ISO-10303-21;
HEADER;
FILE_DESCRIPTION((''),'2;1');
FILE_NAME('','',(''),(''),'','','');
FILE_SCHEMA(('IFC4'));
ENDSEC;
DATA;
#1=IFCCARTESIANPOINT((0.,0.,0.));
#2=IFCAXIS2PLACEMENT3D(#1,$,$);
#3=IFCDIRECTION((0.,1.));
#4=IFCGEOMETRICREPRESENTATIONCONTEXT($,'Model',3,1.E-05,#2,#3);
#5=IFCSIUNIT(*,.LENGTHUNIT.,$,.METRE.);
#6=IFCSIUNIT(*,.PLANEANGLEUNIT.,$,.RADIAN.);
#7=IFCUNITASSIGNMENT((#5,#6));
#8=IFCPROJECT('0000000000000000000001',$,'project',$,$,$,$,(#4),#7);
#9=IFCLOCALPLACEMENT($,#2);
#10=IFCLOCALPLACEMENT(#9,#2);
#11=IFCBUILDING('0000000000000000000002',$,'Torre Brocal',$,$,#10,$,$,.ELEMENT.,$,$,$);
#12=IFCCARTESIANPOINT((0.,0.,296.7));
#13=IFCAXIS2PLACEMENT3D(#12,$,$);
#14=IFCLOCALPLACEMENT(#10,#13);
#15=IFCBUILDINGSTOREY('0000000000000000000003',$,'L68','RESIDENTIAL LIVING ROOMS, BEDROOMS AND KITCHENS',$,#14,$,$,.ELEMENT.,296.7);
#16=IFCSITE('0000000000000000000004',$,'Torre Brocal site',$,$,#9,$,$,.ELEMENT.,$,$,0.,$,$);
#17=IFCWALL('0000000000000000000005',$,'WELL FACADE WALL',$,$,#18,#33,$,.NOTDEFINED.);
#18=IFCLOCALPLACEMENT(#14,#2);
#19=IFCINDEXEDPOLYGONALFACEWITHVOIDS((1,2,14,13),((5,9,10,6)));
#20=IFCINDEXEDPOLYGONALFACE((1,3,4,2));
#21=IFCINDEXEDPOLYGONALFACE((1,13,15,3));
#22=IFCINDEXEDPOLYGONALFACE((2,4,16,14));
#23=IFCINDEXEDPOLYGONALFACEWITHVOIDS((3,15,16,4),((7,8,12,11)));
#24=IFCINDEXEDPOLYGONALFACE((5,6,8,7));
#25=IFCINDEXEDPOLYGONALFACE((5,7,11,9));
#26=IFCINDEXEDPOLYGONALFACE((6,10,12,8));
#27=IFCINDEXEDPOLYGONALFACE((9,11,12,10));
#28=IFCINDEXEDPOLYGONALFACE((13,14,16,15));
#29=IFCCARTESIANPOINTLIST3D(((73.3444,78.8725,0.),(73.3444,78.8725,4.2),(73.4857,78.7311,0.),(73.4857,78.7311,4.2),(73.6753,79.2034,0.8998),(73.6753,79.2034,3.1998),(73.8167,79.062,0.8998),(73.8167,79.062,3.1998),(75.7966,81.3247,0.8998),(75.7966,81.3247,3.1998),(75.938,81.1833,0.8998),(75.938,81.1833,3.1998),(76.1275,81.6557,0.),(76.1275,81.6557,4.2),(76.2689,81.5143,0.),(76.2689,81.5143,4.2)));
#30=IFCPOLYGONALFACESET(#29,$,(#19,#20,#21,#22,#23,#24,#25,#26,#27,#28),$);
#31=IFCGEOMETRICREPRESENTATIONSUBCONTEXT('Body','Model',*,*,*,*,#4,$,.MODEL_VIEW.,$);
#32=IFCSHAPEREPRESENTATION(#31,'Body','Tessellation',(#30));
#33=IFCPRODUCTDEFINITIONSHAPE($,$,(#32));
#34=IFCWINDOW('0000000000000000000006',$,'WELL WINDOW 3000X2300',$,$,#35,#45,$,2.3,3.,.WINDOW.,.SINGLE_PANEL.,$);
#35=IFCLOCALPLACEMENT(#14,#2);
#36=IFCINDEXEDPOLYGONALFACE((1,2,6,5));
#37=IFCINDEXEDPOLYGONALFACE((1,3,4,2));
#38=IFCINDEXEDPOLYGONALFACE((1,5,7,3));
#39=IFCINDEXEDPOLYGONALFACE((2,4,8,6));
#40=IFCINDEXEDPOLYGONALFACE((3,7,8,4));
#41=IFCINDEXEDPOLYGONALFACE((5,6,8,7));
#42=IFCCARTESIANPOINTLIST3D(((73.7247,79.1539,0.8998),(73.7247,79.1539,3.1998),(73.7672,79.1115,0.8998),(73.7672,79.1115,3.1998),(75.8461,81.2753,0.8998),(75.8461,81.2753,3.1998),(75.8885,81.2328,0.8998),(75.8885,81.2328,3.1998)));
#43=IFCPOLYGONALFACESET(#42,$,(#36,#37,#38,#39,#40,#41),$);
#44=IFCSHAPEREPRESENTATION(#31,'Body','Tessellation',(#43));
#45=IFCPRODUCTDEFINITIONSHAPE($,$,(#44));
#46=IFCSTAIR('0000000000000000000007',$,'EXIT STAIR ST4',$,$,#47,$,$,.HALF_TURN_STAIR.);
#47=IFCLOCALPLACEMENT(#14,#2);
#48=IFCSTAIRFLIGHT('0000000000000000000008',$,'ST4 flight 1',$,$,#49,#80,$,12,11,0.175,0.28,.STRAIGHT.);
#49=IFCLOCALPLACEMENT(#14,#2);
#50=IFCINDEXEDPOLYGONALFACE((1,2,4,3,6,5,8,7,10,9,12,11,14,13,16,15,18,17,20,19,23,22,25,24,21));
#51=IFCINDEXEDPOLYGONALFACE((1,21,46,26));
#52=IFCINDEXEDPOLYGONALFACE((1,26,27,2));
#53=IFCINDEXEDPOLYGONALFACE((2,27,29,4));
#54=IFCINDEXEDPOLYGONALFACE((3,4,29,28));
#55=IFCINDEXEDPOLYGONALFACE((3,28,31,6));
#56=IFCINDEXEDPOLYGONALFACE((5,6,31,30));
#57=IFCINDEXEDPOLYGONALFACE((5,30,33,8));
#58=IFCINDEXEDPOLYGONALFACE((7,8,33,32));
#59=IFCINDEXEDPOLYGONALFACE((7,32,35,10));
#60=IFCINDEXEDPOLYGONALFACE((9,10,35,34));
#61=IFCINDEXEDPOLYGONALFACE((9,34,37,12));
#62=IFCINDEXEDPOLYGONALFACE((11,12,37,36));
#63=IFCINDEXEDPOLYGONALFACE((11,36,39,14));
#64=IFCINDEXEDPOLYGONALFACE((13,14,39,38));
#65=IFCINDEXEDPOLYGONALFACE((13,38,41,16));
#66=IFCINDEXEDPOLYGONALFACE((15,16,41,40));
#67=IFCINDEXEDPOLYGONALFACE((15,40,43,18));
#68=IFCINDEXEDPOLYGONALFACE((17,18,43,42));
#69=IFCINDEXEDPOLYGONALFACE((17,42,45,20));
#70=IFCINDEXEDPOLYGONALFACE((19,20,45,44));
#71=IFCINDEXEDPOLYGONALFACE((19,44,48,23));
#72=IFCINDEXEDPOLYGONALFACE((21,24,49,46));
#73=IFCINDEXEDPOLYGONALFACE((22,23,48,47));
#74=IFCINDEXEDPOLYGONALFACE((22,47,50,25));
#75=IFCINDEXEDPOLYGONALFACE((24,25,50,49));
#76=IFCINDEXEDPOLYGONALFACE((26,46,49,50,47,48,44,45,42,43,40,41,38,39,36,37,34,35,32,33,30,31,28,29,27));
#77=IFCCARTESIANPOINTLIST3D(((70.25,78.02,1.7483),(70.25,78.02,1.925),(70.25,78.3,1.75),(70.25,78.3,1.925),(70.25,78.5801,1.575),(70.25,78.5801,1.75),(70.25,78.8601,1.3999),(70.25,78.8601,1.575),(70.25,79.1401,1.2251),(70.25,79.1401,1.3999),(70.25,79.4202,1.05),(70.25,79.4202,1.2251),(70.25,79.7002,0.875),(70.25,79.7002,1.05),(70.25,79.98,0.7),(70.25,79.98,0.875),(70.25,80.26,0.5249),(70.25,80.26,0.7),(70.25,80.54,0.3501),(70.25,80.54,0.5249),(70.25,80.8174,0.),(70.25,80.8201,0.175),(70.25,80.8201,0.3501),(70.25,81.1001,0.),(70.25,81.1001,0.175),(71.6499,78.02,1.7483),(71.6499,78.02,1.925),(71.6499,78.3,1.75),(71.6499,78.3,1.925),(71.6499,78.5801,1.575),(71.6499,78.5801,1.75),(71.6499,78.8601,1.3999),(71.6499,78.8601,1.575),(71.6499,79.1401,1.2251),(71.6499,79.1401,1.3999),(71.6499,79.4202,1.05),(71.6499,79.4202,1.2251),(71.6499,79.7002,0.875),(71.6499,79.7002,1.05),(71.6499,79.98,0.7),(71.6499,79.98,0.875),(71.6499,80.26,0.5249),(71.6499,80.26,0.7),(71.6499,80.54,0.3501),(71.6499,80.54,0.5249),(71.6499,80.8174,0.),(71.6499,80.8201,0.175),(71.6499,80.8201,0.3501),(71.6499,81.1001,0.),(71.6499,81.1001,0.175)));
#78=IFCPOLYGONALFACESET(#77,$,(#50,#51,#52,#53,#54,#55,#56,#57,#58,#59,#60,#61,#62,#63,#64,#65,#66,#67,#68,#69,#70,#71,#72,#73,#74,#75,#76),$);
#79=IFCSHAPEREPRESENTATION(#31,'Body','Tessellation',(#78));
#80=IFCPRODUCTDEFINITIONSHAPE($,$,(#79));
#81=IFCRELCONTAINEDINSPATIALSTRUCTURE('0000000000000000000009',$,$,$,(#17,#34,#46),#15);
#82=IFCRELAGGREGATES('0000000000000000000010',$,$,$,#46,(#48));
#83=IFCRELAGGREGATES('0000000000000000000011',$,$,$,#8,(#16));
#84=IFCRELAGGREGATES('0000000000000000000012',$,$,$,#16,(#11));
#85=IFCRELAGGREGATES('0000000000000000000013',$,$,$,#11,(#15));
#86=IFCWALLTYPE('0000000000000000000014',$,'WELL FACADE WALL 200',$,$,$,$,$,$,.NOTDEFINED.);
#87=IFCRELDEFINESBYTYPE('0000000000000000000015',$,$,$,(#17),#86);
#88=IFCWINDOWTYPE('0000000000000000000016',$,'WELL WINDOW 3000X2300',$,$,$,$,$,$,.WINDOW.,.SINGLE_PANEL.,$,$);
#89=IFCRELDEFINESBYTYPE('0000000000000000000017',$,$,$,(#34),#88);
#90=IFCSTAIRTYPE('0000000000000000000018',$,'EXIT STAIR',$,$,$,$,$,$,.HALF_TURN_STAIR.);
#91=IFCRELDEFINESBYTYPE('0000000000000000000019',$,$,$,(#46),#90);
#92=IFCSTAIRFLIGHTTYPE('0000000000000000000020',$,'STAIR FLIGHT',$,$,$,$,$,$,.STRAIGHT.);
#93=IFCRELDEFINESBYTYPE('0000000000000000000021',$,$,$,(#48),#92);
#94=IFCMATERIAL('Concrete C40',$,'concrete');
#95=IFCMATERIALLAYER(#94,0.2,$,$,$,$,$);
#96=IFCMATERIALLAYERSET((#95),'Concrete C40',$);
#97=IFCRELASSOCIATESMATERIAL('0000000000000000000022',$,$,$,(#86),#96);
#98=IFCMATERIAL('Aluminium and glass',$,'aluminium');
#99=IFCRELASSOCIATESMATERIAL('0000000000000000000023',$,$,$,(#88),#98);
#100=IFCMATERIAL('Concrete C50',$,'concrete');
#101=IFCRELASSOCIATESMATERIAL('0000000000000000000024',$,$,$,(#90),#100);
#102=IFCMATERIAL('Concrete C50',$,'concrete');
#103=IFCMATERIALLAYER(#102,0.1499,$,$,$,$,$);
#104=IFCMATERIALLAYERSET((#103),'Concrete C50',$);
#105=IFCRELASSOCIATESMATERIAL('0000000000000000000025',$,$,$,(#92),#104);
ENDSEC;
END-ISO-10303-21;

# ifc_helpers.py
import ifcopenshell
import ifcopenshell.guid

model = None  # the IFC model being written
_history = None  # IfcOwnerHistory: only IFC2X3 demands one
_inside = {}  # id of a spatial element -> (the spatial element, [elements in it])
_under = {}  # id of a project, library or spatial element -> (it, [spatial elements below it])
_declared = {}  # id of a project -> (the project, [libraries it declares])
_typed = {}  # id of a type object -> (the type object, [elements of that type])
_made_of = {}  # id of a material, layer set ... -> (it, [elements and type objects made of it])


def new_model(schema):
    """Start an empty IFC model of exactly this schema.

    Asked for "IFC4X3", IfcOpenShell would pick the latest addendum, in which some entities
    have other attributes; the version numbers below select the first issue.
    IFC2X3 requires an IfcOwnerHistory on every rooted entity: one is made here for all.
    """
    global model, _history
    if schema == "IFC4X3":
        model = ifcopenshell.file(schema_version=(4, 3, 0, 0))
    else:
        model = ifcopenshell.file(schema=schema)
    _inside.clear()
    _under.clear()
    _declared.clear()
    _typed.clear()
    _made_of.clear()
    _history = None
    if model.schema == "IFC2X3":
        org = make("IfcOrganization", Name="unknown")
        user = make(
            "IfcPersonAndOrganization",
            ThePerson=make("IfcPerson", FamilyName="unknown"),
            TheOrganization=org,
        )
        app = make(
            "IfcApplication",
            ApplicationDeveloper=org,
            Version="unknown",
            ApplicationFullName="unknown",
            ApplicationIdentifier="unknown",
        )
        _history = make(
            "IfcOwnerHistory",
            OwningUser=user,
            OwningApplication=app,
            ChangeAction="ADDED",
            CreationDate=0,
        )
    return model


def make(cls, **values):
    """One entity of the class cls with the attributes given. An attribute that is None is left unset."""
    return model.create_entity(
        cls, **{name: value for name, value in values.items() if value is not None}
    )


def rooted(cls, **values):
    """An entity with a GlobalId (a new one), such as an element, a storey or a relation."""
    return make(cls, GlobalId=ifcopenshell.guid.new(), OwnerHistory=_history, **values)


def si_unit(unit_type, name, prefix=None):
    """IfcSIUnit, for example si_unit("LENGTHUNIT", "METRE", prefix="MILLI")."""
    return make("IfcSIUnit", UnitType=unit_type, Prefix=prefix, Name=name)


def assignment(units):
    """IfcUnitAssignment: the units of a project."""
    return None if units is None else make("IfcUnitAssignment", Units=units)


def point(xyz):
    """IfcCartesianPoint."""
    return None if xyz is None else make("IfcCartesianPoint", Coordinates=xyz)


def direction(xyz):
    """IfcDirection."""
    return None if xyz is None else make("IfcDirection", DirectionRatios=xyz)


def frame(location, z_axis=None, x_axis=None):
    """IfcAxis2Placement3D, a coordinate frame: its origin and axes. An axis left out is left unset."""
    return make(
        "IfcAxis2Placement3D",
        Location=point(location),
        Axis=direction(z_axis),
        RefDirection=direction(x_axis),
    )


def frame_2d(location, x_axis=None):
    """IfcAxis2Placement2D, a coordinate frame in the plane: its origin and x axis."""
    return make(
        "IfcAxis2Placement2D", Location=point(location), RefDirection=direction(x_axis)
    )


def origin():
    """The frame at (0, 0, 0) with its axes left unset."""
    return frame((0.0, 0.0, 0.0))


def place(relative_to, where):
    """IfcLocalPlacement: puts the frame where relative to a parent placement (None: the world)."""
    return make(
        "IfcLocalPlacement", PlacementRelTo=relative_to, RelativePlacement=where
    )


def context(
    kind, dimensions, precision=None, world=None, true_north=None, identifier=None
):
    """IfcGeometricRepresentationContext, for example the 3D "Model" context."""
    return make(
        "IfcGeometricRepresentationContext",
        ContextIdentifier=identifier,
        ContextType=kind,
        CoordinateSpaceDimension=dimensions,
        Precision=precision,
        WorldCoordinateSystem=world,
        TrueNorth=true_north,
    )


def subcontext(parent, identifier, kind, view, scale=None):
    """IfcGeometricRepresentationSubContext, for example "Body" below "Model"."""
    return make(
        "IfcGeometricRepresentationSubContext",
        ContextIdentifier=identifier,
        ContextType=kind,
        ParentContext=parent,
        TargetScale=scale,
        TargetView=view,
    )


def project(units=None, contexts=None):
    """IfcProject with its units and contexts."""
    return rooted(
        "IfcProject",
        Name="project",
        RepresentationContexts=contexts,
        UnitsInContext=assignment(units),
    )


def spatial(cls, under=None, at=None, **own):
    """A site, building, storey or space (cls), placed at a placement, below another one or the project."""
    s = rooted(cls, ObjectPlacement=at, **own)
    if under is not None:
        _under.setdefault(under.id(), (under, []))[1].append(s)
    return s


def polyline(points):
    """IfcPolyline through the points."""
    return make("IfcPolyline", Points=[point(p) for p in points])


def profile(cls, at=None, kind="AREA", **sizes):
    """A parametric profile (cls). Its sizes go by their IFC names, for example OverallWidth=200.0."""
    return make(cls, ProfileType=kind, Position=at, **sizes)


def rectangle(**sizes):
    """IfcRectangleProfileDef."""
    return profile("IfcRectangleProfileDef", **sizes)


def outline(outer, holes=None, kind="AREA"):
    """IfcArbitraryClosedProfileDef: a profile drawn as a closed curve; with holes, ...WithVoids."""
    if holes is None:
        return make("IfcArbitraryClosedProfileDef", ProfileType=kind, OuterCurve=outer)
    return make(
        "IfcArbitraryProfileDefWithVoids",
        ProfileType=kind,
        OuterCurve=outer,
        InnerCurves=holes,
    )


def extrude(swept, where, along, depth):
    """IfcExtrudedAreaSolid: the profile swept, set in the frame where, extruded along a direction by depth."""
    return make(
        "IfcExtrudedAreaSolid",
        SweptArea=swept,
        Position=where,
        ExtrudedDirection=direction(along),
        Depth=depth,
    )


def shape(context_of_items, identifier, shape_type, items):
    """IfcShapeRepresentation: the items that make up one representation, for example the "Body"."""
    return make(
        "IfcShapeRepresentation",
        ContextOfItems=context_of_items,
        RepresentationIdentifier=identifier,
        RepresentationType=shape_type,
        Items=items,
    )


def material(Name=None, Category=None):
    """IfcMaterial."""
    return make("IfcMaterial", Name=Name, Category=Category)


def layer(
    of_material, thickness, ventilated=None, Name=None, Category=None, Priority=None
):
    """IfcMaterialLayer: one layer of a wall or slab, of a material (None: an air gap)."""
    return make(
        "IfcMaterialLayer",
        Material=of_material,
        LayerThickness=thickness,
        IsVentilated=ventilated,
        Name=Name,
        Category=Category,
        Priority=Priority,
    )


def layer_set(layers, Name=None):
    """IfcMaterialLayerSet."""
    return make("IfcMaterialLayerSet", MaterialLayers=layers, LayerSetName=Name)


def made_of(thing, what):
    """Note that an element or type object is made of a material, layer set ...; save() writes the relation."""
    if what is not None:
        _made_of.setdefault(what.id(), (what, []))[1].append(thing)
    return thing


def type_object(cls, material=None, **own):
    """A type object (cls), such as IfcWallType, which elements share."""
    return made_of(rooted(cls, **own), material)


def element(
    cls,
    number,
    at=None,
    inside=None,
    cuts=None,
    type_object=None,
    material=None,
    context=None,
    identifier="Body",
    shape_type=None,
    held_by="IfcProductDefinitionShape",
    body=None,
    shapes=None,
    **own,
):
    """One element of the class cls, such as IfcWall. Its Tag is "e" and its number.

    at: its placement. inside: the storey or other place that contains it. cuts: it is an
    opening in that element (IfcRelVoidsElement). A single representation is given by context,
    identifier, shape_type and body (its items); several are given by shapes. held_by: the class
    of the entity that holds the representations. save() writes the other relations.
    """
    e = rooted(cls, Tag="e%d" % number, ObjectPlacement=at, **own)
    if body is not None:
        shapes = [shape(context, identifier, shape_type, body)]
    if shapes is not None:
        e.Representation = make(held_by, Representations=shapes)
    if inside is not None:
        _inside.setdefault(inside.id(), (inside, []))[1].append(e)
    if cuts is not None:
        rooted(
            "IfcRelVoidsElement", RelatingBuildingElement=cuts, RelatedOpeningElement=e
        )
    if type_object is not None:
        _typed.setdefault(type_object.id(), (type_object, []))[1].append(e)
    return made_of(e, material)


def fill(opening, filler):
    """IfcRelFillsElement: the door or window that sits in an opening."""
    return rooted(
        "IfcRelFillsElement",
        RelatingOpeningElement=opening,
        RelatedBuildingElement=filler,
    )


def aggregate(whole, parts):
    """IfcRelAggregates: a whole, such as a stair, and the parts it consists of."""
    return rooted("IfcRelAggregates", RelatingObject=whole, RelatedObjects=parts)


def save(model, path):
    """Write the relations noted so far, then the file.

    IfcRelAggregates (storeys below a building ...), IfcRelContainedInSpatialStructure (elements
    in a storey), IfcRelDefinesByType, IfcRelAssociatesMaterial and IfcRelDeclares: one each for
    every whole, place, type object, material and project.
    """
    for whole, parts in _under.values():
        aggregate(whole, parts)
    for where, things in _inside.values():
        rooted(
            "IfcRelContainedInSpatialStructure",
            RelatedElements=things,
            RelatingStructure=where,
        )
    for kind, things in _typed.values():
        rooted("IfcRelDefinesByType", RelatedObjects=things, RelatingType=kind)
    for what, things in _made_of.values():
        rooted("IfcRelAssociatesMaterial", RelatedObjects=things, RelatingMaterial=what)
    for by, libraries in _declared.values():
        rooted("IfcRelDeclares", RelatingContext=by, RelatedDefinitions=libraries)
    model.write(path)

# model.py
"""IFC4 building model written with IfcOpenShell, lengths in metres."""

from ifc_helpers import new_model, si_unit, direction, frame, frame_2d, origin, place, context, subcontext, project, spatial, polyline, rectangle, outline, extrude, material, layer, layer_set, type_object, element, fill, aggregate, save


model = new_model("IFC4")

# Units and contexts
model_context = context("Model", 3, precision=1e-05, world=origin(), true_north=direction((0.0, 1.0)))
body_context = subcontext(model_context, "Body", "Model", "MODEL_VIEW")
ifc_project = project(units=[si_unit("LENGTHUNIT", "METRE"), si_unit("PLANEANGLEUNIT", "RADIAN")], contexts=[model_context])

# Site, building, storey
site_placement = place(None, origin())
site = spatial("IfcSite", under=ifc_project, at=site_placement, Name="Torre Brocal site", CompositionType="ELEMENT", RefElevation=0.0)
building_placement = place(site_placement, origin())
building = spatial("IfcBuilding", under=site, at=building_placement, Name="Torre Brocal", CompositionType="ELEMENT")
storey_placement = place(building_placement, frame((0.0, 0.0, 296.7)))
storey = spatial("IfcBuildingStorey", under=building, at=storey_placement, Name="L68", Description="RESIDENTIAL LIVING ROOMS, BEDROOMS AND KITCHENS", CompositionType="ELEMENT", Elevation=296.7)

# Wall, opening, window
ifc_material_1 = material(Name="Concrete C40", Category="concrete")
ifc_layer_1 = layer(ifc_material_1, 0.2)
ifc_layer_set_1 = layer_set([ifc_layer_1], Name="Concrete C40")
wall_type_1 = type_object("IfcWallType", Name="WELL FACADE WALL 200", PredefinedType="NOTDEFINED", material=ifc_layer_set_1)
wall_1_placement = place(storey_placement, frame((76.1982, 81.585, 0.0), z_axis=(0.0, 0.0, 1.0), x_axis=(-0.707107, -0.707107, 0.0)))
wall_1 = element("IfcWall", 1, at=wall_1_placement, inside=storey, type_object=wall_type_1, Name="WELL FACADE WALL", PredefinedType="NOTDEFINED", context=body_context, shape_type="SweptSolid", body=[
    extrude(rectangle(XDim=3.936, YDim=0.2, at=frame_2d((1.968, 0.0))), origin(), (0.0, 0.0, 1.0), 4.2),
])
opening_1_placement = place(wall_1_placement, frame((0.468, 0.0, 0.8999)))
opening_1 = element("IfcOpeningElement", 2, at=opening_1_placement, cuts=wall_1, PredefinedType="OPENING", context=body_context, shape_type="SweptSolid", body=[
    extrude(rectangle(XDim=3.0, YDim=2.3, at=frame_2d((1.5, 1.1499))), frame((0.0, 0.1099, 0.0), z_axis=(0.0, -1.0, 0.0), x_axis=(1.0, 0.0, 0.0)), (0.0, 0.0, 1.0), 0.22),
])
ifc_material_2 = material(Name="Aluminium and glass", Category="aluminium")
window_type = type_object("IfcWindowType", Name="WELL WINDOW 3000X2300", PartitioningType="SINGLE_PANEL", PredefinedType="WINDOW", material=ifc_material_2)
window_placement = place(opening_1_placement, origin())
window = element("IfcWindow", 3, at=window_placement, inside=storey, type_object=window_type, Name="WELL WINDOW 3000X2300", OverallHeight=2.3, OverallWidth=3.0, PartitioningType="SINGLE_PANEL", PredefinedType="WINDOW", context=body_context, shape_type="SweptSolid", body=[
    extrude(rectangle(XDim=3.0, YDim=2.3, at=frame_2d((1.5, 1.1499))), frame((0.0, 0.03, 0.0), z_axis=(0.0, -1.0, 0.0), x_axis=(1.0, 0.0, 0.0)), (0.0, 0.0, 1.0), 0.0601),
])
fill(opening_1, window)

# Stair, stair flight
ifc_material_3 = material(Name="Concrete C50", Category="concrete")
stair_type = type_object("IfcStairType", Name="EXIT STAIR", PredefinedType="HALF_TURN_STAIR", material=ifc_material_3)
stair_placement = place(storey_placement, origin())
stair = element("IfcStair", 4, at=stair_placement, inside=storey, type_object=stair_type, Name="EXIT STAIR ST4", PredefinedType="HALF_TURN_STAIR")
ifc_material_4 = material(Name="Concrete C50", Category="concrete")
ifc_layer_2 = layer(ifc_material_4, 0.1499)
ifc_layer_set_2 = layer_set([ifc_layer_2], Name="Concrete C50")
stair_flight_type = type_object("IfcStairFlightType", Name="STAIR FLIGHT", PredefinedType="STRAIGHT", material=ifc_layer_set_2)
stair_flight_placement = place(storey_placement, frame((70.95, 81.1001, 0.0), z_axis=(0.0, 0.0, 1.0), x_axis=(0.0, -1.0, 0.0)))
stair_flight = element("IfcStairFlight", 5, at=stair_flight_placement, type_object=stair_flight_type, Name="ST4 flight 1", NumberOfRisers=12, NumberOfTreads=11, PredefinedType="STRAIGHT", RiserHeight=0.175, TreadLength=0.28, context=body_context, shape_type="SweptSolid", body=[
    extrude(outline(polyline([(0.0, 0.0), (0.0, 0.175), (0.28, 0.175), (0.28, 0.3501), (0.5601, 0.3501), (0.5601, 0.5249), (0.8401, 0.5249), (0.8401, 0.7), (1.1201, 0.7), (1.1201, 0.875), (1.3999, 0.875), (1.3999, 1.05), (1.6799, 1.05), (1.6799, 1.2251), (1.96, 1.2251), (1.96, 1.3999), (2.24, 1.3999), (2.24, 1.575), (2.52, 1.575), (2.52, 1.75), (2.8, 1.75), (2.8, 1.925), (3.0801, 1.925), (3.0801, 2.1001), (3.0801, 1.7483), (0.2827, 0.0), (0.0, 0.0)])), frame((0.0, 0.7, 0.0), z_axis=(0.0, -1.0, 0.0), x_axis=(1.0, 0.0, 0.0)), (0.0, 0.0, 1.0), 1.3999),
])
aggregate(stair, [stair_flight])

save(model, "model.ifc")
